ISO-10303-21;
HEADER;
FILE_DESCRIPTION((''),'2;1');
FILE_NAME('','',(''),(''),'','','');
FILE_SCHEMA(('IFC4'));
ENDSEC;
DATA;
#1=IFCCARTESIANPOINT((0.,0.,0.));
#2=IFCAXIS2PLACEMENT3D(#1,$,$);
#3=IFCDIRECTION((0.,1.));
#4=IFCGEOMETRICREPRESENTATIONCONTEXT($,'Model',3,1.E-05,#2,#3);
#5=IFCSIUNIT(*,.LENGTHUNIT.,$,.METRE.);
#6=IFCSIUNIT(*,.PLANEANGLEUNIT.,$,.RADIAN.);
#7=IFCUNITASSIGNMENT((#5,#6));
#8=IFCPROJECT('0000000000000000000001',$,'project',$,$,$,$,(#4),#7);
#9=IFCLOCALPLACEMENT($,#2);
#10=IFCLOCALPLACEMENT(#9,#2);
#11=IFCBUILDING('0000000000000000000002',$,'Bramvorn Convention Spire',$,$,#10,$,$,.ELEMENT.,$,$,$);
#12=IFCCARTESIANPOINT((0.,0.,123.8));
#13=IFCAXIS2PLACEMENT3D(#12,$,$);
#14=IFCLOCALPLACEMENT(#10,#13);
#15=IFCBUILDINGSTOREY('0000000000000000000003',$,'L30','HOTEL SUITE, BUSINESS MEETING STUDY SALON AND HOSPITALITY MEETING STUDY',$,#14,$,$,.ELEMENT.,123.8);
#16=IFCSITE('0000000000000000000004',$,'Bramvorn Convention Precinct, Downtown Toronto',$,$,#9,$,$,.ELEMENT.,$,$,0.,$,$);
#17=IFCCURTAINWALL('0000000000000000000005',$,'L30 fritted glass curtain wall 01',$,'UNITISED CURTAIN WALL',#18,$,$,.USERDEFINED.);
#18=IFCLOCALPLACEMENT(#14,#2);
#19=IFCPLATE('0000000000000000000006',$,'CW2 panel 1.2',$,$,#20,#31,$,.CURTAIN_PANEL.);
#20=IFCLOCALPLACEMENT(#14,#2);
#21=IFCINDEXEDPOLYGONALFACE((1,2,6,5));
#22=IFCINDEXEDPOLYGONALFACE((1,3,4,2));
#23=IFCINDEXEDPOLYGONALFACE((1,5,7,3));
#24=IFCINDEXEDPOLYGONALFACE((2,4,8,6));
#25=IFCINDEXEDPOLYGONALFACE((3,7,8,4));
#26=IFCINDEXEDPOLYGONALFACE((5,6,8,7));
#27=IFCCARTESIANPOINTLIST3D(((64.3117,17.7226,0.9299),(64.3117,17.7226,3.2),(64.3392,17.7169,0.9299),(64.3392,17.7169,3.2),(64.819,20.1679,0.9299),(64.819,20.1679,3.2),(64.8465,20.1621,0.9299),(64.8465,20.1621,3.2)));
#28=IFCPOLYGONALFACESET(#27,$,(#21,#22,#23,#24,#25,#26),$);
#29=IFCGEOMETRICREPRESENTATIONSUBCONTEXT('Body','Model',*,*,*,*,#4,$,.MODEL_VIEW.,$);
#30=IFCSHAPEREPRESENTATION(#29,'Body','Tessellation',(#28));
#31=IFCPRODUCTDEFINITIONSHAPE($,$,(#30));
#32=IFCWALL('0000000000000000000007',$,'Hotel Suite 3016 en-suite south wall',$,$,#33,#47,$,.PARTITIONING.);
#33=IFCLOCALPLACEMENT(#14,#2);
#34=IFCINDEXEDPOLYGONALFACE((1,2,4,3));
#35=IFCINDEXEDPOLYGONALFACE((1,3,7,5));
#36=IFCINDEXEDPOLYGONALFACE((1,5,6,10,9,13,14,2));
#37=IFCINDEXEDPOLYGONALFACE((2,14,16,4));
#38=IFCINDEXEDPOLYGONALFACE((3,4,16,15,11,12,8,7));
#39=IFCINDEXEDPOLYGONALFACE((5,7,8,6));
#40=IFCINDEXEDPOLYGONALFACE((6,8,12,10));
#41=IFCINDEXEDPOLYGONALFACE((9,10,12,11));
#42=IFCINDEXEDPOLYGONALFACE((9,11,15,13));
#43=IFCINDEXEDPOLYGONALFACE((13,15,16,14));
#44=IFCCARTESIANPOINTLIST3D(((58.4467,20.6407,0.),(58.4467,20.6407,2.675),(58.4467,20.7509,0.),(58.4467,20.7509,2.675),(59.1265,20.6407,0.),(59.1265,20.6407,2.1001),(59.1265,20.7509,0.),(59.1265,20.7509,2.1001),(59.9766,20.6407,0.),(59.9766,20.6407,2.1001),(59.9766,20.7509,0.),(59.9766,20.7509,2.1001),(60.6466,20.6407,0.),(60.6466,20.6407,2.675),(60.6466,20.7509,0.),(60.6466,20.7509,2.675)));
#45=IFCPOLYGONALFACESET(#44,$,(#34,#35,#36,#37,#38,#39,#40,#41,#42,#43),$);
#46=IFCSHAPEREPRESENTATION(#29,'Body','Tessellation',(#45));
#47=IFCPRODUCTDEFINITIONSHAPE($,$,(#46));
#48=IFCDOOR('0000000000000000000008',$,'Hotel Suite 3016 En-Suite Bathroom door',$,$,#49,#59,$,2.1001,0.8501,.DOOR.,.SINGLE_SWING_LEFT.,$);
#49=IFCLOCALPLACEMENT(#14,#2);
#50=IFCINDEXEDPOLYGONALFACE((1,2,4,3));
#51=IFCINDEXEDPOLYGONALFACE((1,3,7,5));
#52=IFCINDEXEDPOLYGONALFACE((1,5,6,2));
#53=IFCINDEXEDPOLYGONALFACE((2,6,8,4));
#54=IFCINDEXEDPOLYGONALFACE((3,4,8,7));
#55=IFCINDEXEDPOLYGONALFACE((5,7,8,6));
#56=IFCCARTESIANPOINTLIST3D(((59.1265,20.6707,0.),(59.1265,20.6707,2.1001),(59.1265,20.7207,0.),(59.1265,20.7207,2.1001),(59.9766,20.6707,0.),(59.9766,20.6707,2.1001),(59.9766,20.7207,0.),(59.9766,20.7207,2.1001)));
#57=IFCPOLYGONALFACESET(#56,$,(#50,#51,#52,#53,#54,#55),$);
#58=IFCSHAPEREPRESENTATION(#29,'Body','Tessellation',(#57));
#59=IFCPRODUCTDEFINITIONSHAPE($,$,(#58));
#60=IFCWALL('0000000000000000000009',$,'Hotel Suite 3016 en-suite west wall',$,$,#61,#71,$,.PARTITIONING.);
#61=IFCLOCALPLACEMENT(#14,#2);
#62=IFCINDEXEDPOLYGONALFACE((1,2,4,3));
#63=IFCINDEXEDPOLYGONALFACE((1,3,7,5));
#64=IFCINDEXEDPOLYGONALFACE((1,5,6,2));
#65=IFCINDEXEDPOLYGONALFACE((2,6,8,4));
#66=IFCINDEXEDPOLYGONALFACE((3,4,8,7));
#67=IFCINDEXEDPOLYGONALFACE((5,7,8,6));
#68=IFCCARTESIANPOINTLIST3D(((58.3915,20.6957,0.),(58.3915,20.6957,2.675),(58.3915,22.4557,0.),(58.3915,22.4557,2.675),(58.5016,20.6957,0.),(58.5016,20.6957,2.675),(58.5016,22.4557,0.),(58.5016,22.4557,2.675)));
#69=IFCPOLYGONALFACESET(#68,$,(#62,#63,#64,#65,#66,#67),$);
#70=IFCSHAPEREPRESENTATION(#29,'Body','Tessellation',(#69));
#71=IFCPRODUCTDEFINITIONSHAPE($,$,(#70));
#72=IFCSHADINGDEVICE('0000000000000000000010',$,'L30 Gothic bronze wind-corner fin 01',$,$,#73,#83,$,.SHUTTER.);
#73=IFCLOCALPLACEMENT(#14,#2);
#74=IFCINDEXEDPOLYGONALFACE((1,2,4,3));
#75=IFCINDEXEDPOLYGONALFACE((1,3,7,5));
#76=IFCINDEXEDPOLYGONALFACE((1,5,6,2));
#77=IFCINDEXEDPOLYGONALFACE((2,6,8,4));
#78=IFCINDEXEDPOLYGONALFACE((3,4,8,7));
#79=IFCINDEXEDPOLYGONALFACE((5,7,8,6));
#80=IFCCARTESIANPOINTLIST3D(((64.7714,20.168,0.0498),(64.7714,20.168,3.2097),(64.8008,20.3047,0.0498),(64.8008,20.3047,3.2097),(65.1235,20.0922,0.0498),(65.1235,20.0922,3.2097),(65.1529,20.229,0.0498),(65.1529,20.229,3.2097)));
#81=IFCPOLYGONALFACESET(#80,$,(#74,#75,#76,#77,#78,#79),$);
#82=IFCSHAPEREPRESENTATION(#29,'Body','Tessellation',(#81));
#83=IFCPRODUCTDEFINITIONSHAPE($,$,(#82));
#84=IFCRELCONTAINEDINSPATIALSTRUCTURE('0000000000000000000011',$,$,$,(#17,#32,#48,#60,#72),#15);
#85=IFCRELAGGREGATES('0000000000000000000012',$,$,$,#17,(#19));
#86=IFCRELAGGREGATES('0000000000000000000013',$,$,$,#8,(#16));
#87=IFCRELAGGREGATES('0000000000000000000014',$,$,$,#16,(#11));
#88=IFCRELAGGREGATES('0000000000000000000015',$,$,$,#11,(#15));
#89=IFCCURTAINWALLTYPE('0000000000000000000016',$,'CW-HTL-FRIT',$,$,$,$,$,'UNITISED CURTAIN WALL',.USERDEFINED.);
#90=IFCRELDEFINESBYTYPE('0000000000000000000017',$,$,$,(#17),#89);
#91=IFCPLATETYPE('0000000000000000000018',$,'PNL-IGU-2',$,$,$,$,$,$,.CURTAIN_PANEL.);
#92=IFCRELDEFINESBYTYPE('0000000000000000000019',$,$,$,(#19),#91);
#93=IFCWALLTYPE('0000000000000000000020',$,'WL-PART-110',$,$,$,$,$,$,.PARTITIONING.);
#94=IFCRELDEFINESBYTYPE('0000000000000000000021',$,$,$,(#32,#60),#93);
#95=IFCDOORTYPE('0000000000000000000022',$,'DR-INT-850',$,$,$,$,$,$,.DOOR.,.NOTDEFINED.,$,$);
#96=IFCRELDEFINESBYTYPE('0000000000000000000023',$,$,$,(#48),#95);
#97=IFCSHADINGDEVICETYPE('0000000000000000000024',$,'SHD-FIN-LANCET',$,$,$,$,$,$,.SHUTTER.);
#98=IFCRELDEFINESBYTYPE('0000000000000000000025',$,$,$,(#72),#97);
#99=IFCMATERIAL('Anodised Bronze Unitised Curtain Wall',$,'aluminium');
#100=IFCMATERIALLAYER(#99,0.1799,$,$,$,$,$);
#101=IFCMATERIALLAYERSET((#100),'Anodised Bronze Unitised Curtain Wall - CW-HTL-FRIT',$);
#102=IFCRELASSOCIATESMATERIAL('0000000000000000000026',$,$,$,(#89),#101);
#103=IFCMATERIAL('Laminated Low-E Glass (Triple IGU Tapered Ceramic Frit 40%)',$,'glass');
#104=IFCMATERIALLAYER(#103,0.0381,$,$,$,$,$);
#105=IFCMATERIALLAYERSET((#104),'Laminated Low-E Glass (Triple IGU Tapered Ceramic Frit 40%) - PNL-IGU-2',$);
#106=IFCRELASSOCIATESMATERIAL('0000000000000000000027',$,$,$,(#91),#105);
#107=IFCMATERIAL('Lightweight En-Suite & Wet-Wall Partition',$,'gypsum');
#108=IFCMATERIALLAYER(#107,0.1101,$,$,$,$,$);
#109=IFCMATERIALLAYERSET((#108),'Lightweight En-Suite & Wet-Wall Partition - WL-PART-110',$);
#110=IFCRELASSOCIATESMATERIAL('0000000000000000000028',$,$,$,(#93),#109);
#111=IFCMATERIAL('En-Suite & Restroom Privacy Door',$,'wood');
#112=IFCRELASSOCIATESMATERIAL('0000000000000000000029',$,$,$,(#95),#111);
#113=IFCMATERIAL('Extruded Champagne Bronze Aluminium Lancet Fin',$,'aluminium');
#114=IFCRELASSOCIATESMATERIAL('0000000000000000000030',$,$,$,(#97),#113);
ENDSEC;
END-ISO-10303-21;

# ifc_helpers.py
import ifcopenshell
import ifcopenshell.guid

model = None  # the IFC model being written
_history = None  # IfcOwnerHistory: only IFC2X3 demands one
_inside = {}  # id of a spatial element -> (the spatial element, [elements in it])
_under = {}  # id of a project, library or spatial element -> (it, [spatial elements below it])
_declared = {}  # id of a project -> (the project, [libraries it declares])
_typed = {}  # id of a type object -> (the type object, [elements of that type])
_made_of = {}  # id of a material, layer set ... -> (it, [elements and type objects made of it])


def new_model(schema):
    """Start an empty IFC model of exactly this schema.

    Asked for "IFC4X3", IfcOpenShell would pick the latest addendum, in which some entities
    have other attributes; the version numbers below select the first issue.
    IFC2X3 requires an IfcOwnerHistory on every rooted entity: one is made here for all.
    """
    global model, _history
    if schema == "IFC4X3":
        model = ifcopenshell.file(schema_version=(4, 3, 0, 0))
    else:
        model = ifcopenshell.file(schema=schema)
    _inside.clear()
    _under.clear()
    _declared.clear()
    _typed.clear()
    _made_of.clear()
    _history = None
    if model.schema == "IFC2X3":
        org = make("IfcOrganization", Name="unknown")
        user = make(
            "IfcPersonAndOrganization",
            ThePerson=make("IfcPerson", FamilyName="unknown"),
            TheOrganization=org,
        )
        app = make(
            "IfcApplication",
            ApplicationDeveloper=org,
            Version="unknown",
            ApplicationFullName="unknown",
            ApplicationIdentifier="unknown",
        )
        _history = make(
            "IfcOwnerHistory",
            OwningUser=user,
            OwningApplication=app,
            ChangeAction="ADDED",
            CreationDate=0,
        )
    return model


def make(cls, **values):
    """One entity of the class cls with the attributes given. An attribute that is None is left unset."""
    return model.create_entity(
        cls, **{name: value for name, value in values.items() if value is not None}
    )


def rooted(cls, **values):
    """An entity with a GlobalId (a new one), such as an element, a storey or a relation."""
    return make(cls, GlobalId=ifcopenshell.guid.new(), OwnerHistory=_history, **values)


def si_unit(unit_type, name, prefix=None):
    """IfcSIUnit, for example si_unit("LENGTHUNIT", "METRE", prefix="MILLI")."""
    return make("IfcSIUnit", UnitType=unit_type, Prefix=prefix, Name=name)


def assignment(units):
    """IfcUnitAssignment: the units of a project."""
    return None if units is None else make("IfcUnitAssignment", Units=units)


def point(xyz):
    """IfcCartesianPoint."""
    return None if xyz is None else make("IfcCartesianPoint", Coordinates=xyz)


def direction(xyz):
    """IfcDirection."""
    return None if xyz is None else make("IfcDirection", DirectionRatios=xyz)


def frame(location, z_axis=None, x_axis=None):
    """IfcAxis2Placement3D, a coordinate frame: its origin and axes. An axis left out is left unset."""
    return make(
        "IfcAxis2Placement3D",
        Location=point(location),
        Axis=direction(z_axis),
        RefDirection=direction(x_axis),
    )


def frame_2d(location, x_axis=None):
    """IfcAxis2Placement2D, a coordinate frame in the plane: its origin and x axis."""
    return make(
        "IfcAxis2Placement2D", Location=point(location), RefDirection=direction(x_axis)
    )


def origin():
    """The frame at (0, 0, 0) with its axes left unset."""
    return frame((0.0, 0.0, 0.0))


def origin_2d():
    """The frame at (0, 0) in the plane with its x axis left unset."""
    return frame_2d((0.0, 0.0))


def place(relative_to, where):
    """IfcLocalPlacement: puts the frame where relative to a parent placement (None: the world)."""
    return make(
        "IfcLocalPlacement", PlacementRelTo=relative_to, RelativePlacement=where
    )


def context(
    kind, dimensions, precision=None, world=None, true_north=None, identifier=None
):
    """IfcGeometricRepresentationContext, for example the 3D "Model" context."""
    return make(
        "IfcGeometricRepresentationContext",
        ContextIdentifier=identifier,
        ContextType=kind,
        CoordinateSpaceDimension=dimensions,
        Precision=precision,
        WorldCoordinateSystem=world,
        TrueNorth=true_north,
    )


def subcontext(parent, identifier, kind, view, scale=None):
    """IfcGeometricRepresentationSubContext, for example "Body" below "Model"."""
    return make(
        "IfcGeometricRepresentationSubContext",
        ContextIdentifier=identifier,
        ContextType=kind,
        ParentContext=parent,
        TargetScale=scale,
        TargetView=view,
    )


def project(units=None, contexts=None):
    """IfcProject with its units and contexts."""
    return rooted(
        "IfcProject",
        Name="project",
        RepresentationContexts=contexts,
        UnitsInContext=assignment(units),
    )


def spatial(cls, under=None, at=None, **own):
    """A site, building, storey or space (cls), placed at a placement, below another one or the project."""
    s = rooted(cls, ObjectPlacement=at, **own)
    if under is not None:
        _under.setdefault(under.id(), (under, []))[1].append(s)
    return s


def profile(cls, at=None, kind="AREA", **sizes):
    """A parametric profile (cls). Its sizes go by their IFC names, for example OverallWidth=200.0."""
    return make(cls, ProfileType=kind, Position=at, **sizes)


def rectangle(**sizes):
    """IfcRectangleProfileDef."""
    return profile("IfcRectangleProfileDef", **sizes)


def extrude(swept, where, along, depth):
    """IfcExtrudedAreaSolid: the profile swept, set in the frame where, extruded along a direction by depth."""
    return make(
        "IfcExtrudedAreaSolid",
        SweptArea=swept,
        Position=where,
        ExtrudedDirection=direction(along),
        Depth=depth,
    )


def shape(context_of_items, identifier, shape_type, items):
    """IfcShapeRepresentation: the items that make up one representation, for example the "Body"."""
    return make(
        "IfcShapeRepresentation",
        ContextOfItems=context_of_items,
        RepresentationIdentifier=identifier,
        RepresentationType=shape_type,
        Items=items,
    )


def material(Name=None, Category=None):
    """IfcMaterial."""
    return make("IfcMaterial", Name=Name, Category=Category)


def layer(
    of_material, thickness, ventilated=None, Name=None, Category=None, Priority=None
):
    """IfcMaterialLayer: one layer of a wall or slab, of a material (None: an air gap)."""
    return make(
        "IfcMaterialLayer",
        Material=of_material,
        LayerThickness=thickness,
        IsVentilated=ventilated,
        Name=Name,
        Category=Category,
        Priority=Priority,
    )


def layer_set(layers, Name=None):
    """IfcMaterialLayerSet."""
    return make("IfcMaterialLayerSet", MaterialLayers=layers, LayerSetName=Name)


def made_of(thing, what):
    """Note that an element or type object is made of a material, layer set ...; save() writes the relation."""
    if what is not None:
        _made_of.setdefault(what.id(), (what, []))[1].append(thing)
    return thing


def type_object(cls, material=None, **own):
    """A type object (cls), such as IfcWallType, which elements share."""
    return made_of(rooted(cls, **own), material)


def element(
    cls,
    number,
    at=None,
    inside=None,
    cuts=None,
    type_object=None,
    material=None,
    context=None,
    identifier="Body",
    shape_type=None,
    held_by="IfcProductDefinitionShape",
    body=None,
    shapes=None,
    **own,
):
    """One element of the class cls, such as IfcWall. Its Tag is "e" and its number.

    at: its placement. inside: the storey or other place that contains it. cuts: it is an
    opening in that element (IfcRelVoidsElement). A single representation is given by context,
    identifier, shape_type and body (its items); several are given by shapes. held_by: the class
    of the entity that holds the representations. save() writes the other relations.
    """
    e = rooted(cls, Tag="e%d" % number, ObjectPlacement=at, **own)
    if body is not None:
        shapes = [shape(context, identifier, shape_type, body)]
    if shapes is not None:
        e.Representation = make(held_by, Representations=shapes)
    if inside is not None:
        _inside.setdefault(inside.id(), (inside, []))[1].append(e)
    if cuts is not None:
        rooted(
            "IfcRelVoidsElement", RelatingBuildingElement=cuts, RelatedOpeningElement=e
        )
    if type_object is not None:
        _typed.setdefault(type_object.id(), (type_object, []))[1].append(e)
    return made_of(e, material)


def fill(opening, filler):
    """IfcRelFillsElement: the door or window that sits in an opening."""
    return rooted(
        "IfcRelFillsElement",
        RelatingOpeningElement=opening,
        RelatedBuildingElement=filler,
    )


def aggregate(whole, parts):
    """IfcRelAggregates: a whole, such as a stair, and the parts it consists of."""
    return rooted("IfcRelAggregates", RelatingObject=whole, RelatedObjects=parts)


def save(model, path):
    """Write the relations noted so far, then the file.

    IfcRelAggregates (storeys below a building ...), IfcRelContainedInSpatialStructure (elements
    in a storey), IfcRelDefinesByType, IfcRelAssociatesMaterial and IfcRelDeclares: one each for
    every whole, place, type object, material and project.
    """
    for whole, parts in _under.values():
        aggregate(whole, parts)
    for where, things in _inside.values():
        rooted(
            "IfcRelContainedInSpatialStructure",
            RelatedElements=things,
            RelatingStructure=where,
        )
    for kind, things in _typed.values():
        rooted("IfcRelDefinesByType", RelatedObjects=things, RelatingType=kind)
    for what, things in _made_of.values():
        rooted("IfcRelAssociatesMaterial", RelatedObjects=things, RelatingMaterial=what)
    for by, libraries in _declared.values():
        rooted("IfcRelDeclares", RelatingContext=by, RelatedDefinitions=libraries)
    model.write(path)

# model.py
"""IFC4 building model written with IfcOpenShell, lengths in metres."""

from ifc_helpers import new_model, si_unit, direction, frame, frame_2d, origin, origin_2d, place, context, subcontext, project, spatial, rectangle, extrude, material, layer, layer_set, type_object, element, fill, aggregate, save


model = new_model("IFC4")

# Units and contexts
model_context = context("Model", 3, precision=1e-05, world=origin(), true_north=direction((0.0, 1.0)))
body_context = subcontext(model_context, "Body", "Model", "MODEL_VIEW")
ifc_project = project(units=[si_unit("LENGTHUNIT", "METRE"), si_unit("PLANEANGLEUNIT", "RADIAN")], contexts=[model_context])

# Site, building, storey
site_placement = place(None, origin())
site = spatial("IfcSite", under=ifc_project, at=site_placement, Name="Bramvorn Convention Precinct, Downtown Toronto", CompositionType="ELEMENT", RefElevation=0.0)
building_placement = place(site_placement, origin())
building = spatial("IfcBuilding", under=site, at=building_placement, Name="Bramvorn Convention Spire", CompositionType="ELEMENT")
storey_placement = place(building_placement, frame((0.0, 0.0, 123.8)))
storey = spatial("IfcBuildingStorey", under=building, at=storey_placement, Name="L30", Description="HOTEL SUITE, BUSINESS MEETING STUDY SALON AND HOSPITALITY MEETING STUDY", CompositionType="ELEMENT", Elevation=123.8)

# Curtain wall
ifc_material_1 = material(Name="Anodised Bronze Unitised Curtain Wall", Category="aluminium")
ifc_layer_1 = layer(ifc_material_1, 0.1799)
ifc_layer_set_1 = layer_set([ifc_layer_1], Name="Anodised Bronze Unitised Curtain Wall - CW-HTL-FRIT")
curtain_wall_type = type_object("IfcCurtainWallType", Name="CW-HTL-FRIT", ElementType="UNITISED CURTAIN WALL", PredefinedType="USERDEFINED", material=ifc_layer_set_1)
curtain_wall_1_placement = place(storey_placement, origin())
curtain_wall_1 = element("IfcCurtainWall", 1, at=curtain_wall_1_placement, inside=storey, type_object=curtain_wall_type, Name="L30 fritted glass curtain wall 01", ObjectType="UNITISED CURTAIN WALL", PredefinedType="USERDEFINED")

# Plate
ifc_material_2 = material(Name="Laminated Low-E Glass (Triple IGU Tapered Ceramic Frit 40%)", Category="glass")
ifc_layer_2 = layer(ifc_material_2, 0.0381)
ifc_layer_set_2 = layer_set([ifc_layer_2], Name="Laminated Low-E Glass (Triple IGU Tapered Ceramic Frit 40%) - PNL-IGU-2")
plate_type = type_object("IfcPlateType", Name="PNL-IGU-2", PredefinedType="CURTAIN_PANEL", material=ifc_layer_set_2)
plate_1_placement = place(storey_placement, frame((64.5791, 18.9424, 0.9299), z_axis=(0.0, 0.0, 1.0), x_axis=(-0.203154, -0.979147, 0.0)))
plate_1 = element("IfcPlate", 2, at=plate_1_placement, type_object=plate_type, Name="CW2 panel 1.2", PredefinedType="CURTAIN_PANEL", context=body_context, shape_type="SweptSolid", body=[
    extrude(rectangle(XDim=2.4973, YDim=0.0281, at=origin_2d()), origin(), (0.0, 0.0, 1.0), 2.27),
])
aggregate(curtain_wall_1, [plate_1])

# Wall, opening, door
ifc_material_3 = material(Name="Lightweight En-Suite & Wet-Wall Partition", Category="gypsum")
ifc_layer_3 = layer(ifc_material_3, 0.1101)
ifc_layer_set_3 = layer_set([ifc_layer_3], Name="Lightweight En-Suite & Wet-Wall Partition - WL-PART-110")
wall_type_1 = type_object("IfcWallType", Name="WL-PART-110", PredefinedType="PARTITIONING", material=ifc_layer_set_3)
wall_1_placement = place(storey_placement, frame((58.4465, 20.6958, 0.0), z_axis=(0.0, 0.0, 1.0), x_axis=(1.0, 0.0, 0.0)))
wall_1 = element("IfcWall", 3, at=wall_1_placement, inside=storey, type_object=wall_type_1, Name="Hotel Suite 3016 en-suite south wall", PredefinedType="PARTITIONING", context=body_context, shape_type="SweptSolid", body=[
    extrude(rectangle(XDim=2.2, YDim=0.1101, at=frame_2d((1.1001, 0.0))), origin(), (0.0, 0.0, 1.0), 2.675),
])
opening_1_placement = place(wall_1_placement, frame((0.6799, 0.0, 0.0)))
opening_1 = element("IfcOpeningElement", 4, at=opening_1_placement, cuts=wall_1, PredefinedType="OPENING", context=body_context, shape_type="SweptSolid", body=[
    extrude(rectangle(XDim=0.8501, YDim=2.1001, at=frame_2d((0.425, 1.05))), frame((0.0, 0.0649, 0.0), z_axis=(0.0, -1.0, 0.0), x_axis=(1.0, 0.0, 0.0)), (0.0, 0.0, 1.0), 0.1301),
])
ifc_material_4 = material(Name="En-Suite & Restroom Privacy Door", Category="wood")
door_type_1 = type_object("IfcDoorType", Name="DR-INT-850", OperationType="NOTDEFINED", PredefinedType="DOOR", material=ifc_material_4)
door_1_placement = place(opening_1_placement, origin())
door_1 = element("IfcDoor", 5, at=door_1_placement, inside=storey, type_object=door_type_1, Name="Hotel Suite 3016 En-Suite Bathroom door", OperationType="SINGLE_SWING_LEFT", OverallHeight=2.1001, OverallWidth=0.8501, PredefinedType="DOOR", context=body_context, shape_type="SweptSolid", body=[
    extrude(rectangle(XDim=0.8501, YDim=2.1001, at=frame_2d((0.425, 1.05))), frame((0.0, 0.0249, 0.0), z_axis=(0.0, -1.0, 0.0), x_axis=(1.0, 0.0, 0.0)), (0.0, 0.0, 1.0), 0.05),
])
fill(opening_1, door_1)

# Wall
wall_2_placement = place(storey_placement, frame((58.4465, 20.6958, 0.0), z_axis=(0.0, 0.0, 1.0), x_axis=(0.0, 1.0, 0.0)))
element("IfcWall", 6, at=wall_2_placement, inside=storey, type_object=wall_type_1, Name="Hotel Suite 3016 en-suite west wall", PredefinedType="PARTITIONING", context=body_context, shape_type="SweptSolid", body=[
    extrude(rectangle(XDim=1.76, YDim=0.1101, at=frame_2d((0.8799, 0.0))), origin(), (0.0, 0.0, 1.0), 2.675),
])

# Shading device
ifc_material_5 = material(Name="Extruded Champagne Bronze Aluminium Lancet Fin", Category="aluminium")
shading_device_type = type_object("IfcShadingDeviceType", Name="SHD-FIN-LANCET", PredefinedType="SHUTTER", material=ifc_material_5)
shading_device_placement = place(storey_placement, frame((64.9622, 20.1985, 0.0498), z_axis=(0.0, 0.0, 1.0), x_axis=(0.977625, -0.210355, 0.0)))
element("IfcShadingDevice", 7, at=shading_device_placement, inside=storey, type_object=shading_device_type, Name="L30 Gothic bronze wind-corner fin 01", PredefinedType="SHUTTER", context=body_context, shape_type="SweptSolid", body=[
    extrude(rectangle(XDim=0.3601, YDim=0.1399, at=origin_2d()), origin(), (0.0, 0.0, 1.0), 3.1599),
])

save(model, "model.ifc")
